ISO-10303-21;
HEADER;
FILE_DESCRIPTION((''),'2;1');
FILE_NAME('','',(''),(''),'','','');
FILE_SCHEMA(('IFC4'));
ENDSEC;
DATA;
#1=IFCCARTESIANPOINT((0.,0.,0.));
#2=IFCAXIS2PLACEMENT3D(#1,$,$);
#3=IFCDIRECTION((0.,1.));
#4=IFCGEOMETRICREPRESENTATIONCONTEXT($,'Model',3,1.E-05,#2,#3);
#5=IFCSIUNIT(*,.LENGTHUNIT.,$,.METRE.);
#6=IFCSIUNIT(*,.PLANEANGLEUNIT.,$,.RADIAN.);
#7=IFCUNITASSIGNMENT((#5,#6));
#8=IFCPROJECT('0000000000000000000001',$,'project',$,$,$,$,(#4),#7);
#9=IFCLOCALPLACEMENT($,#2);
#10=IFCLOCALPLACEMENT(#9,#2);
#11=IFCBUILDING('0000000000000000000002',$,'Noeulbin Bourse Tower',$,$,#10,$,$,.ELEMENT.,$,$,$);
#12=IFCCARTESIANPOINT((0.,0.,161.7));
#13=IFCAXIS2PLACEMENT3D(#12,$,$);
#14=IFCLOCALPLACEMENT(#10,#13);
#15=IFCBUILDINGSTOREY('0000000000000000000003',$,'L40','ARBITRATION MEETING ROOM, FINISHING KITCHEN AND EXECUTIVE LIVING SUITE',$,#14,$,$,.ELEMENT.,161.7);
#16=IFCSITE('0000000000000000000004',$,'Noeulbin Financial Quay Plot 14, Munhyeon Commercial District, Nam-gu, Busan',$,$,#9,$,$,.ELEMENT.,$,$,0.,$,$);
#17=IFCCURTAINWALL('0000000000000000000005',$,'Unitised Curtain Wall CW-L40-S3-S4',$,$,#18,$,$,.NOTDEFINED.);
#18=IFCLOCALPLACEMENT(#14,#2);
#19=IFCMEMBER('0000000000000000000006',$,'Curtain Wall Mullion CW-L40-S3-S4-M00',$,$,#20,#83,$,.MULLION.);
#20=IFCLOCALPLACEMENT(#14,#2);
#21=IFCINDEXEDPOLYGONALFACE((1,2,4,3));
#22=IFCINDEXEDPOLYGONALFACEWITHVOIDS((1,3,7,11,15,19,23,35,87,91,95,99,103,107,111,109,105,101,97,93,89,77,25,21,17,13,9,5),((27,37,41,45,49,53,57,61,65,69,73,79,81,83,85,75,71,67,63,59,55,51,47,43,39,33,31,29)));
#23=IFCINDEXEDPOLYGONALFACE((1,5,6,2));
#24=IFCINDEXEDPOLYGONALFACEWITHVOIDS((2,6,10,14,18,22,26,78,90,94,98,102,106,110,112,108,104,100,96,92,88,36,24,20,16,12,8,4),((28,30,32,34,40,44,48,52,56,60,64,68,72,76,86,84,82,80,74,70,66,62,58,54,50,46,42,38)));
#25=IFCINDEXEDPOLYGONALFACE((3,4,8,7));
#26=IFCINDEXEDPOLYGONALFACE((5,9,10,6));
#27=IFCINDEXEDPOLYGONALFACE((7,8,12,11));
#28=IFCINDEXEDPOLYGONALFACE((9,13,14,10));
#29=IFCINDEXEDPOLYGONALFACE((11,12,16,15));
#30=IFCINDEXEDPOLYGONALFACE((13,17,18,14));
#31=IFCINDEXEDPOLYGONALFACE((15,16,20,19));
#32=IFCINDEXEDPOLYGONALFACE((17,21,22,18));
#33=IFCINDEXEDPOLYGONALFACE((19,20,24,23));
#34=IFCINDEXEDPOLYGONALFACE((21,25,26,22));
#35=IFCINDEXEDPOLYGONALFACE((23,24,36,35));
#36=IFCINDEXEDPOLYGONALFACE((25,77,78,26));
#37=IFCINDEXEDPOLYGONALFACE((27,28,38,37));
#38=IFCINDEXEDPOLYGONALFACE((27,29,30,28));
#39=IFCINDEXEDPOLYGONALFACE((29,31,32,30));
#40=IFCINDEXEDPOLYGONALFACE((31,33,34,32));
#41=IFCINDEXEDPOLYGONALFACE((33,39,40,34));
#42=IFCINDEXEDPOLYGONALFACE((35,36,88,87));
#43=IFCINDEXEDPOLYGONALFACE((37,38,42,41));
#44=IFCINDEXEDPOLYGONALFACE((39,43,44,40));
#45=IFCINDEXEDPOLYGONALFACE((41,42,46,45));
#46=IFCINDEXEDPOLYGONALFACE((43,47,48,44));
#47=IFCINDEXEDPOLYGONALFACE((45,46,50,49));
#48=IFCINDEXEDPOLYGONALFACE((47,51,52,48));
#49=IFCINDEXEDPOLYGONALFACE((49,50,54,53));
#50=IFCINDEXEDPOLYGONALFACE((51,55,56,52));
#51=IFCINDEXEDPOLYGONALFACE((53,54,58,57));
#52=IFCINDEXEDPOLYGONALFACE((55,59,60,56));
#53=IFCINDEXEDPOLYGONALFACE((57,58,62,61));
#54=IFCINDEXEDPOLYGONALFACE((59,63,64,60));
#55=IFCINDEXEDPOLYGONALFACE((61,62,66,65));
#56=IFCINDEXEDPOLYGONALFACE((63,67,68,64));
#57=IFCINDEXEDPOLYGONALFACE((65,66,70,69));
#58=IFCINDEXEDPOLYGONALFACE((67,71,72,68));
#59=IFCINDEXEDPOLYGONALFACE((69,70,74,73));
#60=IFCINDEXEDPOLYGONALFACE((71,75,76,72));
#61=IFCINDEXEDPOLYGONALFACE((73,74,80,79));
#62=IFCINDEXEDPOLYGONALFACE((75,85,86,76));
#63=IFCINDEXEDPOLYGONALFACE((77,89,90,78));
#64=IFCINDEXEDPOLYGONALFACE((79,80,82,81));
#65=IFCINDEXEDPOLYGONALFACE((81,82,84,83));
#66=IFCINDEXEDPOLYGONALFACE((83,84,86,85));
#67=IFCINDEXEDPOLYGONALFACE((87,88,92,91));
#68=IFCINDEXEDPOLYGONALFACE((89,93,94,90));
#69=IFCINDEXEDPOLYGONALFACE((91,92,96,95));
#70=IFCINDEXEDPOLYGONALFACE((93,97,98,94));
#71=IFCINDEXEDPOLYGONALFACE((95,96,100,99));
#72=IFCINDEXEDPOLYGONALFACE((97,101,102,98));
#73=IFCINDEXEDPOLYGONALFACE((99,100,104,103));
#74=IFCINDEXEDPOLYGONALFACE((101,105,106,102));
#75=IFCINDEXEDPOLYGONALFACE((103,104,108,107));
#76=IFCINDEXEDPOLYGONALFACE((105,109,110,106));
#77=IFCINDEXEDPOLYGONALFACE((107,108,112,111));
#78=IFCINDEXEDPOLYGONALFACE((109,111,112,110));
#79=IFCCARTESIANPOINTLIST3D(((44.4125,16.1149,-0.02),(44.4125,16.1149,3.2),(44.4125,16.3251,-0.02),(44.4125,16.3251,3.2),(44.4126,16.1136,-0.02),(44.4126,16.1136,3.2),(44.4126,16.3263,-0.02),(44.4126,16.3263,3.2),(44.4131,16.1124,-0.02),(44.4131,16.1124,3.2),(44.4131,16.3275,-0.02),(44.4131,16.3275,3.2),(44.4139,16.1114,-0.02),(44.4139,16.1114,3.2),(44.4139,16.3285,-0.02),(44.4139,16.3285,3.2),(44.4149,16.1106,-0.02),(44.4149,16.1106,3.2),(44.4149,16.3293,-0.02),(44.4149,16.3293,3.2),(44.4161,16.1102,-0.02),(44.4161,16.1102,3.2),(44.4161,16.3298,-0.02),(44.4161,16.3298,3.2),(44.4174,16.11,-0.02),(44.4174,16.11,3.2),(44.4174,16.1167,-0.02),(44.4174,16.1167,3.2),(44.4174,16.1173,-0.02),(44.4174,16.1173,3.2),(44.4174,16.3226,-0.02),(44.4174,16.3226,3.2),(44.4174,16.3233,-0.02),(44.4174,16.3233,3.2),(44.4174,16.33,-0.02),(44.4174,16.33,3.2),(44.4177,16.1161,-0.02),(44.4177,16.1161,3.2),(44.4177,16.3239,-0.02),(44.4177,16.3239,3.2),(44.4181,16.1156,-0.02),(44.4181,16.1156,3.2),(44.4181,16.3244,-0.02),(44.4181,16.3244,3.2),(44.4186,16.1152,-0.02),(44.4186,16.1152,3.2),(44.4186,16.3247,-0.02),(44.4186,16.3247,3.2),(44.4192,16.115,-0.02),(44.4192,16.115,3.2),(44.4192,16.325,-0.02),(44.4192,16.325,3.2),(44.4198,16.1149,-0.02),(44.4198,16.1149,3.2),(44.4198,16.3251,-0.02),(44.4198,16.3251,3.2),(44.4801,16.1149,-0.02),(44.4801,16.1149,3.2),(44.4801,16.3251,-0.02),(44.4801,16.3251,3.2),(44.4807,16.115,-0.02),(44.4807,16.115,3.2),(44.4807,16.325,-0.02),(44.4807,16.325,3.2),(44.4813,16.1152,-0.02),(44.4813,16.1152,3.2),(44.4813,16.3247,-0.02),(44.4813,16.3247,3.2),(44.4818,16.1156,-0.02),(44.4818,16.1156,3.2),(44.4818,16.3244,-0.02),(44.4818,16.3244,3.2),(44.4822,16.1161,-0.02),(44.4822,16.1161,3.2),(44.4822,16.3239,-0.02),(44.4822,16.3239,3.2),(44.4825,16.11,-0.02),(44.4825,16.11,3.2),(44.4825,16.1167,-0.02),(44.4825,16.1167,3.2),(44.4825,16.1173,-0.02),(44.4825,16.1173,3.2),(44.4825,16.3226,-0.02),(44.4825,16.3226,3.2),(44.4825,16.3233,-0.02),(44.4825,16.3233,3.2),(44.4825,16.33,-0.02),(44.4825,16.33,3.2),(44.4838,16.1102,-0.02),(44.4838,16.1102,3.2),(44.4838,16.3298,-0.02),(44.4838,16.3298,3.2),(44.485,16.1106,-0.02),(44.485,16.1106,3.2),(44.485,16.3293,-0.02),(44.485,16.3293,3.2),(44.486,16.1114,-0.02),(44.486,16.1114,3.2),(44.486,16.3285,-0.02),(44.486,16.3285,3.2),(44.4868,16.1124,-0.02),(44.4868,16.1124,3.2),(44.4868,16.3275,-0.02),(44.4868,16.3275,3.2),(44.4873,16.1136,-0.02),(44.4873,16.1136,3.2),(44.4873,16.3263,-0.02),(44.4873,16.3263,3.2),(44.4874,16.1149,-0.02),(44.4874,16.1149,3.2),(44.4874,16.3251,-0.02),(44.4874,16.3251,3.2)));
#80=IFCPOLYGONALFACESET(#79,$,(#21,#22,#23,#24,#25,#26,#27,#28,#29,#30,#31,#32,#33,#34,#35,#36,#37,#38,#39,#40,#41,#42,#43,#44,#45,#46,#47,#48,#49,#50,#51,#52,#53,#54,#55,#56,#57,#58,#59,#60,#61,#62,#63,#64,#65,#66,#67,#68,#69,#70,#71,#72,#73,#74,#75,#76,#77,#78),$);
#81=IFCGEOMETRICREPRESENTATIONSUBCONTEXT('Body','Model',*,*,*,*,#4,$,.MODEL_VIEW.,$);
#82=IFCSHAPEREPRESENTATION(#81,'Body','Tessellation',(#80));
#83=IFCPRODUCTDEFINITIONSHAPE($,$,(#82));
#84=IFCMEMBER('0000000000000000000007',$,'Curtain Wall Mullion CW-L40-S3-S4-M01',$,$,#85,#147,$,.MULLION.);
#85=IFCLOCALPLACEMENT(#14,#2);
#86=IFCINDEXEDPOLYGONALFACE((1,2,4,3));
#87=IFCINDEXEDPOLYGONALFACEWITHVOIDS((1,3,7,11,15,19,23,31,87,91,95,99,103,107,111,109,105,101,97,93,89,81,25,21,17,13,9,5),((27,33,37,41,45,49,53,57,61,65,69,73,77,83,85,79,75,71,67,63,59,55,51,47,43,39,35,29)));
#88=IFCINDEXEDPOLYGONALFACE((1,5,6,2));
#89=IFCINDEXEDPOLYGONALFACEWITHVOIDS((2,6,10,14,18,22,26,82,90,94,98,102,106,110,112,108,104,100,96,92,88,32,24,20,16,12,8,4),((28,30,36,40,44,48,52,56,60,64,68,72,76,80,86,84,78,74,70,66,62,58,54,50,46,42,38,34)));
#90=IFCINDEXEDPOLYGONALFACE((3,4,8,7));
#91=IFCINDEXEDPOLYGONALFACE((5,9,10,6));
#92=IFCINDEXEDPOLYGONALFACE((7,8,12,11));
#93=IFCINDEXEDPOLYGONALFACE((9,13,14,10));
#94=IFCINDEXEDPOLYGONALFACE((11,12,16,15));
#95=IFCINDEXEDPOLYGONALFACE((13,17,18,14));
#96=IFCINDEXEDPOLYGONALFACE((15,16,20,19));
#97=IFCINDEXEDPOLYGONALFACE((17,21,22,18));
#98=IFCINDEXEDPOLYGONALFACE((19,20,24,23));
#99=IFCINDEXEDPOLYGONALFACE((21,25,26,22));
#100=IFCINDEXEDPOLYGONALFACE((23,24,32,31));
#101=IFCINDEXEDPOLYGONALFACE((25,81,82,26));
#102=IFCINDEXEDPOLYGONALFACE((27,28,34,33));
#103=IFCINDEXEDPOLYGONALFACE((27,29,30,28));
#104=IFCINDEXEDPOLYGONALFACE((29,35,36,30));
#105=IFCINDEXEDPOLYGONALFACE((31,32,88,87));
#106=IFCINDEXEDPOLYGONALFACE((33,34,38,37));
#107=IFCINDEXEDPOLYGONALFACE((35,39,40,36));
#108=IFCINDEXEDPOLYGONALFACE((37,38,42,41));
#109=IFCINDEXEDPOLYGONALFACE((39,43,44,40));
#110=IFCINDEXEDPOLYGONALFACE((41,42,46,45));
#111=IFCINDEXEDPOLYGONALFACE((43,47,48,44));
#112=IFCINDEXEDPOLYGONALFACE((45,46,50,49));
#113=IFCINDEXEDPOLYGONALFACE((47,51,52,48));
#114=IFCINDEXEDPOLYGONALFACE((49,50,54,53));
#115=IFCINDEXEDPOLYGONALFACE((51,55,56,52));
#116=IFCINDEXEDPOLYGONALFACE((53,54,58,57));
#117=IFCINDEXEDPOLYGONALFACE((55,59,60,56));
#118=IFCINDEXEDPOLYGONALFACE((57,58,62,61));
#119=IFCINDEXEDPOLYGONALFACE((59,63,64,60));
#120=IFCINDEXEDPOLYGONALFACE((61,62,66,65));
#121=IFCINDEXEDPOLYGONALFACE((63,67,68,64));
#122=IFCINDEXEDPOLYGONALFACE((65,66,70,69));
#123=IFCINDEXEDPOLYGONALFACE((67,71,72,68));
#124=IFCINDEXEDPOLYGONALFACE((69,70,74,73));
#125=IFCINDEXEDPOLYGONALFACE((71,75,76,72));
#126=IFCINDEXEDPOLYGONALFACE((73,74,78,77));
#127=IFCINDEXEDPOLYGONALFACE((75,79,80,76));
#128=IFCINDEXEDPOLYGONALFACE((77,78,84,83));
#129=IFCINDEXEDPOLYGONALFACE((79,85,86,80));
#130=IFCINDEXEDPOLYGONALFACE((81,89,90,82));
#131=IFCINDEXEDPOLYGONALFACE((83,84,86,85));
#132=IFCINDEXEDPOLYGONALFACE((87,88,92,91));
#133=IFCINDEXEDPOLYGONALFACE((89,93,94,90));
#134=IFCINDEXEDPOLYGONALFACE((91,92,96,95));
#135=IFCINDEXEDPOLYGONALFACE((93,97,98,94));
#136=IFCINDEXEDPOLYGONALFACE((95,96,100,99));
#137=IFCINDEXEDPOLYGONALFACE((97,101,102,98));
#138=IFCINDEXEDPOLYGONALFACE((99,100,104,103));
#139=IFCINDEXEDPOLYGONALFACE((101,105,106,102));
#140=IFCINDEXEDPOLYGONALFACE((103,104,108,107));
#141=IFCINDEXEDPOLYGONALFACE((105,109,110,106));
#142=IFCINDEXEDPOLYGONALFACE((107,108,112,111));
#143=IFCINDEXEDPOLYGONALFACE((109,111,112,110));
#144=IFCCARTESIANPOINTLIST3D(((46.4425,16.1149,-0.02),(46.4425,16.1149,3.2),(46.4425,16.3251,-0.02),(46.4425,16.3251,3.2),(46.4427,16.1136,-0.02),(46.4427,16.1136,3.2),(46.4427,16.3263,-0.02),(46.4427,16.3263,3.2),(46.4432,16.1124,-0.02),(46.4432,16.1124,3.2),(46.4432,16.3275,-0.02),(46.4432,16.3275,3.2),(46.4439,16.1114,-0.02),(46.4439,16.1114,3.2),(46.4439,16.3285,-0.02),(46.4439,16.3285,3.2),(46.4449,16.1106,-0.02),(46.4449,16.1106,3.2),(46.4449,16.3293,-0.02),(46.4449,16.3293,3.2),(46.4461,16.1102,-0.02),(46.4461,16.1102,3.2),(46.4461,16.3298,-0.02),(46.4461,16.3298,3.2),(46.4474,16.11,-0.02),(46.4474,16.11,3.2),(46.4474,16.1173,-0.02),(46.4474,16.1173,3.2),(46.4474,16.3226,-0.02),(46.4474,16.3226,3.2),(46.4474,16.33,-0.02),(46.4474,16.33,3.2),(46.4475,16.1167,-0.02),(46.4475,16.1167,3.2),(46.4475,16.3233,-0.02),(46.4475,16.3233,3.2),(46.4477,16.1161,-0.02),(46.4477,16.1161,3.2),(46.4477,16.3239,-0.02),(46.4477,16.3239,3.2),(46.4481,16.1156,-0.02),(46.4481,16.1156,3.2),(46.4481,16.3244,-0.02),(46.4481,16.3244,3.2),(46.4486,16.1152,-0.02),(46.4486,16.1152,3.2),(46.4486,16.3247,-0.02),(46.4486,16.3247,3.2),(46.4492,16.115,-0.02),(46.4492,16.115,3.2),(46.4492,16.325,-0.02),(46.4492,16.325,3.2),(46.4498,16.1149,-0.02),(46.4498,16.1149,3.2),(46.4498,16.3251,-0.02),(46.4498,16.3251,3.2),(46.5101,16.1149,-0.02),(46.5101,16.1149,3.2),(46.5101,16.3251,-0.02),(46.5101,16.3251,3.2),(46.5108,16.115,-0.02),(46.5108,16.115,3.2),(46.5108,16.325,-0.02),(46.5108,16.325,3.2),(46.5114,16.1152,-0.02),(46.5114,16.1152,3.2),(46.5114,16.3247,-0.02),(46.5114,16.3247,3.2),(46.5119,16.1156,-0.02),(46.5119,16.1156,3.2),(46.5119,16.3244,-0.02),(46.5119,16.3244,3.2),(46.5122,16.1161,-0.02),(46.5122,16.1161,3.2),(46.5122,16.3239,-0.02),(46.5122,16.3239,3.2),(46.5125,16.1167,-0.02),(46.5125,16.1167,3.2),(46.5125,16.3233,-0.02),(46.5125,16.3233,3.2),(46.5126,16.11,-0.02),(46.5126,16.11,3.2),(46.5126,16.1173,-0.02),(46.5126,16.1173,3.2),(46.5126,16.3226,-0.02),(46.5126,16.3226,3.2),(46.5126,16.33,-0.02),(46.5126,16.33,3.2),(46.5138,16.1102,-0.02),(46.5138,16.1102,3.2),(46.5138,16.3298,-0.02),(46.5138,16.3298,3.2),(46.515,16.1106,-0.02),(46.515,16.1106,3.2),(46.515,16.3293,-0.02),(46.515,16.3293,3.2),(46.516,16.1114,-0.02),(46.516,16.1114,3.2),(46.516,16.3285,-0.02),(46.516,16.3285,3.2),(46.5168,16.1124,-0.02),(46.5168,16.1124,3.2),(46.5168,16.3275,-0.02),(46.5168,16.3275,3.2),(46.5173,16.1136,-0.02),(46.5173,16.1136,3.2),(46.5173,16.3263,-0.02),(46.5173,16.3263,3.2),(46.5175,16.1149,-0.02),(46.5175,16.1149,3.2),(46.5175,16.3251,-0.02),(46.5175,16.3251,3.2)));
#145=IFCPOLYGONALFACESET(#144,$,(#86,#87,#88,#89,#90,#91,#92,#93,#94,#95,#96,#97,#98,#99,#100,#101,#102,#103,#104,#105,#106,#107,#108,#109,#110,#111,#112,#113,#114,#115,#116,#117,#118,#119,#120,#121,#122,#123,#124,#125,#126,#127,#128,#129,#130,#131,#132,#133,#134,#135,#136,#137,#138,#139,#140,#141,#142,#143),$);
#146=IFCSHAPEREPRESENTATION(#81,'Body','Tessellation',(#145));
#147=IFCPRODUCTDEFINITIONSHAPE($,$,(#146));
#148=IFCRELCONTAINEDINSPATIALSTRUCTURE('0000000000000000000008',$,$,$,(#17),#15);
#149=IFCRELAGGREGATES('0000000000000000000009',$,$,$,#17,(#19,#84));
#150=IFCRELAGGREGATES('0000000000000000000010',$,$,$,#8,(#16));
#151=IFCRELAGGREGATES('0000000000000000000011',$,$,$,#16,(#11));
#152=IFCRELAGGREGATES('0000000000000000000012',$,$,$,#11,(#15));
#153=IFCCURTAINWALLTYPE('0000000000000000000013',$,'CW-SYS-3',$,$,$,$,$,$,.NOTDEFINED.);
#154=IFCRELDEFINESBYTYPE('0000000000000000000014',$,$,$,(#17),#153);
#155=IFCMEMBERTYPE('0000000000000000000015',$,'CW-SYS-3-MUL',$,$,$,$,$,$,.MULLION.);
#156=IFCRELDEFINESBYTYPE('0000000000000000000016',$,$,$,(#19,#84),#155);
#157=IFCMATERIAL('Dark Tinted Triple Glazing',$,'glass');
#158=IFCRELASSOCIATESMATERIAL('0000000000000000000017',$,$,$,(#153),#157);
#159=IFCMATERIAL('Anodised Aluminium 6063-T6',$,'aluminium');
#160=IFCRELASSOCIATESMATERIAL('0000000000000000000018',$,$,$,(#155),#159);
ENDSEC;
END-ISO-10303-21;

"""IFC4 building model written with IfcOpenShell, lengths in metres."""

from ifc_helpers import new_model, si_unit, direction, frame, origin, origin_2d, place, context, subcontext, project, spatial, hollow_rectangle, extrude, material, material_profile, profile_set, type_object, element, aggregate, save


model = new_model("IFC4")

# Units and contexts
model_context = context("Model", 3, precision=1e-05, world=origin(), true_north=direction((0.0, 1.0)))
body_context = subcontext(model_context, "Body", "Model", "MODEL_VIEW")
ifc_project = project(units=[si_unit("LENGTHUNIT", "METRE"), si_unit("PLANEANGLEUNIT", "RADIAN")], contexts=[model_context])

# Site, building, storey
site_placement = place(None, origin())
site = spatial("IfcSite", under=ifc_project, at=site_placement, Name="Noeulbin Financial Quay Plot 14, Munhyeon Commercial District, Nam-gu, Busan", CompositionType="ELEMENT", RefElevation=0.0)
building_placement = place(site_placement, origin())
building = spatial("IfcBuilding", under=site, at=building_placement, Name="Noeulbin Bourse Tower", CompositionType="ELEMENT")
storey_placement = place(building_placement, frame((0.0, 0.0, 161.7)))
storey = spatial("IfcBuildingStorey", under=building, at=storey_placement, Name="L40", Description="ARBITRATION MEETING ROOM, FINISHING KITCHEN AND EXECUTIVE LIVING SUITE", CompositionType="ELEMENT", Elevation=161.7)

# Shared definitions
ifc_material_1 = material(Name="Dark Tinted Triple Glazing", Category="glass")
curtain_wall_type = type_object("IfcCurtainWallType", Name="CW-SYS-3", PredefinedType="NOTDEFINED", material=ifc_material_1)
ifc_material_2 = material(Name="Anodised Aluminium 6063-T6", Category="aluminium")
ifc_material_profile_1 = material_profile(ifc_material_2, hollow_rectangle(XDim=0.075, YDim=0.22, WallThickness=0.0049, InnerFilletRadius=0.0024, OuterFilletRadius=0.0049, at=origin_2d()), Name="ALU-MULL-75x220x5", Category="LoadBearing")
ifc_profile_set_1 = profile_set([ifc_material_profile_1], Name="Anodised Aluminium 6063-T6")
member_type_1 = type_object("IfcMemberType", Name="CW-SYS-3-MUL", PredefinedType="MULLION", material=ifc_profile_set_1)

# Curtain wall, members
curtain_wall_1_placement = place(storey_placement, origin())
curtain_wall_1 = element("IfcCurtainWall", 1, at=curtain_wall_1_placement, inside=storey, type_object=curtain_wall_type, Name="Unitised Curtain Wall CW-L40-S3-S4", PredefinedType="NOTDEFINED")
member_1_placement = place(storey_placement, frame((44.45, 16.22, -0.02), z_axis=(0.0, 0.0, 1.0), x_axis=(1.0, 0.0, 0.0)))
member_1 = element("IfcMember", 2, at=member_1_placement, type_object=member_type_1, Name="Curtain Wall Mullion CW-L40-S3-S4-M00", PredefinedType="MULLION", context=body_context, shape_type="SweptSolid", body=[
    extrude(hollow_rectangle(XDim=0.075, YDim=0.22, WallThickness=0.0049, InnerFilletRadius=0.0024, OuterFilletRadius=0.0049, at=origin_2d()), origin(), (0.0, 0.0, 1.0), 3.22),
])
member_2_placement = place(storey_placement, frame((46.48, 16.22, -0.02), z_axis=(0.0, 0.0, 1.0), x_axis=(1.0, 0.0, 0.0)))
member_2 = element("IfcMember", 3, at=member_2_placement, type_object=member_type_1, Name="Curtain Wall Mullion CW-L40-S3-S4-M01", PredefinedType="MULLION", context=body_context, shape_type="SweptSolid", body=[
    extrude(hollow_rectangle(XDim=0.075, YDim=0.22, WallThickness=0.0049, InnerFilletRadius=0.0024, OuterFilletRadius=0.0049, at=origin_2d()), origin(), (0.0, 0.0, 1.0), 3.22),
])

aggregate(curtain_wall_1, [member_1, member_2])

save(model, "model.ifc")
